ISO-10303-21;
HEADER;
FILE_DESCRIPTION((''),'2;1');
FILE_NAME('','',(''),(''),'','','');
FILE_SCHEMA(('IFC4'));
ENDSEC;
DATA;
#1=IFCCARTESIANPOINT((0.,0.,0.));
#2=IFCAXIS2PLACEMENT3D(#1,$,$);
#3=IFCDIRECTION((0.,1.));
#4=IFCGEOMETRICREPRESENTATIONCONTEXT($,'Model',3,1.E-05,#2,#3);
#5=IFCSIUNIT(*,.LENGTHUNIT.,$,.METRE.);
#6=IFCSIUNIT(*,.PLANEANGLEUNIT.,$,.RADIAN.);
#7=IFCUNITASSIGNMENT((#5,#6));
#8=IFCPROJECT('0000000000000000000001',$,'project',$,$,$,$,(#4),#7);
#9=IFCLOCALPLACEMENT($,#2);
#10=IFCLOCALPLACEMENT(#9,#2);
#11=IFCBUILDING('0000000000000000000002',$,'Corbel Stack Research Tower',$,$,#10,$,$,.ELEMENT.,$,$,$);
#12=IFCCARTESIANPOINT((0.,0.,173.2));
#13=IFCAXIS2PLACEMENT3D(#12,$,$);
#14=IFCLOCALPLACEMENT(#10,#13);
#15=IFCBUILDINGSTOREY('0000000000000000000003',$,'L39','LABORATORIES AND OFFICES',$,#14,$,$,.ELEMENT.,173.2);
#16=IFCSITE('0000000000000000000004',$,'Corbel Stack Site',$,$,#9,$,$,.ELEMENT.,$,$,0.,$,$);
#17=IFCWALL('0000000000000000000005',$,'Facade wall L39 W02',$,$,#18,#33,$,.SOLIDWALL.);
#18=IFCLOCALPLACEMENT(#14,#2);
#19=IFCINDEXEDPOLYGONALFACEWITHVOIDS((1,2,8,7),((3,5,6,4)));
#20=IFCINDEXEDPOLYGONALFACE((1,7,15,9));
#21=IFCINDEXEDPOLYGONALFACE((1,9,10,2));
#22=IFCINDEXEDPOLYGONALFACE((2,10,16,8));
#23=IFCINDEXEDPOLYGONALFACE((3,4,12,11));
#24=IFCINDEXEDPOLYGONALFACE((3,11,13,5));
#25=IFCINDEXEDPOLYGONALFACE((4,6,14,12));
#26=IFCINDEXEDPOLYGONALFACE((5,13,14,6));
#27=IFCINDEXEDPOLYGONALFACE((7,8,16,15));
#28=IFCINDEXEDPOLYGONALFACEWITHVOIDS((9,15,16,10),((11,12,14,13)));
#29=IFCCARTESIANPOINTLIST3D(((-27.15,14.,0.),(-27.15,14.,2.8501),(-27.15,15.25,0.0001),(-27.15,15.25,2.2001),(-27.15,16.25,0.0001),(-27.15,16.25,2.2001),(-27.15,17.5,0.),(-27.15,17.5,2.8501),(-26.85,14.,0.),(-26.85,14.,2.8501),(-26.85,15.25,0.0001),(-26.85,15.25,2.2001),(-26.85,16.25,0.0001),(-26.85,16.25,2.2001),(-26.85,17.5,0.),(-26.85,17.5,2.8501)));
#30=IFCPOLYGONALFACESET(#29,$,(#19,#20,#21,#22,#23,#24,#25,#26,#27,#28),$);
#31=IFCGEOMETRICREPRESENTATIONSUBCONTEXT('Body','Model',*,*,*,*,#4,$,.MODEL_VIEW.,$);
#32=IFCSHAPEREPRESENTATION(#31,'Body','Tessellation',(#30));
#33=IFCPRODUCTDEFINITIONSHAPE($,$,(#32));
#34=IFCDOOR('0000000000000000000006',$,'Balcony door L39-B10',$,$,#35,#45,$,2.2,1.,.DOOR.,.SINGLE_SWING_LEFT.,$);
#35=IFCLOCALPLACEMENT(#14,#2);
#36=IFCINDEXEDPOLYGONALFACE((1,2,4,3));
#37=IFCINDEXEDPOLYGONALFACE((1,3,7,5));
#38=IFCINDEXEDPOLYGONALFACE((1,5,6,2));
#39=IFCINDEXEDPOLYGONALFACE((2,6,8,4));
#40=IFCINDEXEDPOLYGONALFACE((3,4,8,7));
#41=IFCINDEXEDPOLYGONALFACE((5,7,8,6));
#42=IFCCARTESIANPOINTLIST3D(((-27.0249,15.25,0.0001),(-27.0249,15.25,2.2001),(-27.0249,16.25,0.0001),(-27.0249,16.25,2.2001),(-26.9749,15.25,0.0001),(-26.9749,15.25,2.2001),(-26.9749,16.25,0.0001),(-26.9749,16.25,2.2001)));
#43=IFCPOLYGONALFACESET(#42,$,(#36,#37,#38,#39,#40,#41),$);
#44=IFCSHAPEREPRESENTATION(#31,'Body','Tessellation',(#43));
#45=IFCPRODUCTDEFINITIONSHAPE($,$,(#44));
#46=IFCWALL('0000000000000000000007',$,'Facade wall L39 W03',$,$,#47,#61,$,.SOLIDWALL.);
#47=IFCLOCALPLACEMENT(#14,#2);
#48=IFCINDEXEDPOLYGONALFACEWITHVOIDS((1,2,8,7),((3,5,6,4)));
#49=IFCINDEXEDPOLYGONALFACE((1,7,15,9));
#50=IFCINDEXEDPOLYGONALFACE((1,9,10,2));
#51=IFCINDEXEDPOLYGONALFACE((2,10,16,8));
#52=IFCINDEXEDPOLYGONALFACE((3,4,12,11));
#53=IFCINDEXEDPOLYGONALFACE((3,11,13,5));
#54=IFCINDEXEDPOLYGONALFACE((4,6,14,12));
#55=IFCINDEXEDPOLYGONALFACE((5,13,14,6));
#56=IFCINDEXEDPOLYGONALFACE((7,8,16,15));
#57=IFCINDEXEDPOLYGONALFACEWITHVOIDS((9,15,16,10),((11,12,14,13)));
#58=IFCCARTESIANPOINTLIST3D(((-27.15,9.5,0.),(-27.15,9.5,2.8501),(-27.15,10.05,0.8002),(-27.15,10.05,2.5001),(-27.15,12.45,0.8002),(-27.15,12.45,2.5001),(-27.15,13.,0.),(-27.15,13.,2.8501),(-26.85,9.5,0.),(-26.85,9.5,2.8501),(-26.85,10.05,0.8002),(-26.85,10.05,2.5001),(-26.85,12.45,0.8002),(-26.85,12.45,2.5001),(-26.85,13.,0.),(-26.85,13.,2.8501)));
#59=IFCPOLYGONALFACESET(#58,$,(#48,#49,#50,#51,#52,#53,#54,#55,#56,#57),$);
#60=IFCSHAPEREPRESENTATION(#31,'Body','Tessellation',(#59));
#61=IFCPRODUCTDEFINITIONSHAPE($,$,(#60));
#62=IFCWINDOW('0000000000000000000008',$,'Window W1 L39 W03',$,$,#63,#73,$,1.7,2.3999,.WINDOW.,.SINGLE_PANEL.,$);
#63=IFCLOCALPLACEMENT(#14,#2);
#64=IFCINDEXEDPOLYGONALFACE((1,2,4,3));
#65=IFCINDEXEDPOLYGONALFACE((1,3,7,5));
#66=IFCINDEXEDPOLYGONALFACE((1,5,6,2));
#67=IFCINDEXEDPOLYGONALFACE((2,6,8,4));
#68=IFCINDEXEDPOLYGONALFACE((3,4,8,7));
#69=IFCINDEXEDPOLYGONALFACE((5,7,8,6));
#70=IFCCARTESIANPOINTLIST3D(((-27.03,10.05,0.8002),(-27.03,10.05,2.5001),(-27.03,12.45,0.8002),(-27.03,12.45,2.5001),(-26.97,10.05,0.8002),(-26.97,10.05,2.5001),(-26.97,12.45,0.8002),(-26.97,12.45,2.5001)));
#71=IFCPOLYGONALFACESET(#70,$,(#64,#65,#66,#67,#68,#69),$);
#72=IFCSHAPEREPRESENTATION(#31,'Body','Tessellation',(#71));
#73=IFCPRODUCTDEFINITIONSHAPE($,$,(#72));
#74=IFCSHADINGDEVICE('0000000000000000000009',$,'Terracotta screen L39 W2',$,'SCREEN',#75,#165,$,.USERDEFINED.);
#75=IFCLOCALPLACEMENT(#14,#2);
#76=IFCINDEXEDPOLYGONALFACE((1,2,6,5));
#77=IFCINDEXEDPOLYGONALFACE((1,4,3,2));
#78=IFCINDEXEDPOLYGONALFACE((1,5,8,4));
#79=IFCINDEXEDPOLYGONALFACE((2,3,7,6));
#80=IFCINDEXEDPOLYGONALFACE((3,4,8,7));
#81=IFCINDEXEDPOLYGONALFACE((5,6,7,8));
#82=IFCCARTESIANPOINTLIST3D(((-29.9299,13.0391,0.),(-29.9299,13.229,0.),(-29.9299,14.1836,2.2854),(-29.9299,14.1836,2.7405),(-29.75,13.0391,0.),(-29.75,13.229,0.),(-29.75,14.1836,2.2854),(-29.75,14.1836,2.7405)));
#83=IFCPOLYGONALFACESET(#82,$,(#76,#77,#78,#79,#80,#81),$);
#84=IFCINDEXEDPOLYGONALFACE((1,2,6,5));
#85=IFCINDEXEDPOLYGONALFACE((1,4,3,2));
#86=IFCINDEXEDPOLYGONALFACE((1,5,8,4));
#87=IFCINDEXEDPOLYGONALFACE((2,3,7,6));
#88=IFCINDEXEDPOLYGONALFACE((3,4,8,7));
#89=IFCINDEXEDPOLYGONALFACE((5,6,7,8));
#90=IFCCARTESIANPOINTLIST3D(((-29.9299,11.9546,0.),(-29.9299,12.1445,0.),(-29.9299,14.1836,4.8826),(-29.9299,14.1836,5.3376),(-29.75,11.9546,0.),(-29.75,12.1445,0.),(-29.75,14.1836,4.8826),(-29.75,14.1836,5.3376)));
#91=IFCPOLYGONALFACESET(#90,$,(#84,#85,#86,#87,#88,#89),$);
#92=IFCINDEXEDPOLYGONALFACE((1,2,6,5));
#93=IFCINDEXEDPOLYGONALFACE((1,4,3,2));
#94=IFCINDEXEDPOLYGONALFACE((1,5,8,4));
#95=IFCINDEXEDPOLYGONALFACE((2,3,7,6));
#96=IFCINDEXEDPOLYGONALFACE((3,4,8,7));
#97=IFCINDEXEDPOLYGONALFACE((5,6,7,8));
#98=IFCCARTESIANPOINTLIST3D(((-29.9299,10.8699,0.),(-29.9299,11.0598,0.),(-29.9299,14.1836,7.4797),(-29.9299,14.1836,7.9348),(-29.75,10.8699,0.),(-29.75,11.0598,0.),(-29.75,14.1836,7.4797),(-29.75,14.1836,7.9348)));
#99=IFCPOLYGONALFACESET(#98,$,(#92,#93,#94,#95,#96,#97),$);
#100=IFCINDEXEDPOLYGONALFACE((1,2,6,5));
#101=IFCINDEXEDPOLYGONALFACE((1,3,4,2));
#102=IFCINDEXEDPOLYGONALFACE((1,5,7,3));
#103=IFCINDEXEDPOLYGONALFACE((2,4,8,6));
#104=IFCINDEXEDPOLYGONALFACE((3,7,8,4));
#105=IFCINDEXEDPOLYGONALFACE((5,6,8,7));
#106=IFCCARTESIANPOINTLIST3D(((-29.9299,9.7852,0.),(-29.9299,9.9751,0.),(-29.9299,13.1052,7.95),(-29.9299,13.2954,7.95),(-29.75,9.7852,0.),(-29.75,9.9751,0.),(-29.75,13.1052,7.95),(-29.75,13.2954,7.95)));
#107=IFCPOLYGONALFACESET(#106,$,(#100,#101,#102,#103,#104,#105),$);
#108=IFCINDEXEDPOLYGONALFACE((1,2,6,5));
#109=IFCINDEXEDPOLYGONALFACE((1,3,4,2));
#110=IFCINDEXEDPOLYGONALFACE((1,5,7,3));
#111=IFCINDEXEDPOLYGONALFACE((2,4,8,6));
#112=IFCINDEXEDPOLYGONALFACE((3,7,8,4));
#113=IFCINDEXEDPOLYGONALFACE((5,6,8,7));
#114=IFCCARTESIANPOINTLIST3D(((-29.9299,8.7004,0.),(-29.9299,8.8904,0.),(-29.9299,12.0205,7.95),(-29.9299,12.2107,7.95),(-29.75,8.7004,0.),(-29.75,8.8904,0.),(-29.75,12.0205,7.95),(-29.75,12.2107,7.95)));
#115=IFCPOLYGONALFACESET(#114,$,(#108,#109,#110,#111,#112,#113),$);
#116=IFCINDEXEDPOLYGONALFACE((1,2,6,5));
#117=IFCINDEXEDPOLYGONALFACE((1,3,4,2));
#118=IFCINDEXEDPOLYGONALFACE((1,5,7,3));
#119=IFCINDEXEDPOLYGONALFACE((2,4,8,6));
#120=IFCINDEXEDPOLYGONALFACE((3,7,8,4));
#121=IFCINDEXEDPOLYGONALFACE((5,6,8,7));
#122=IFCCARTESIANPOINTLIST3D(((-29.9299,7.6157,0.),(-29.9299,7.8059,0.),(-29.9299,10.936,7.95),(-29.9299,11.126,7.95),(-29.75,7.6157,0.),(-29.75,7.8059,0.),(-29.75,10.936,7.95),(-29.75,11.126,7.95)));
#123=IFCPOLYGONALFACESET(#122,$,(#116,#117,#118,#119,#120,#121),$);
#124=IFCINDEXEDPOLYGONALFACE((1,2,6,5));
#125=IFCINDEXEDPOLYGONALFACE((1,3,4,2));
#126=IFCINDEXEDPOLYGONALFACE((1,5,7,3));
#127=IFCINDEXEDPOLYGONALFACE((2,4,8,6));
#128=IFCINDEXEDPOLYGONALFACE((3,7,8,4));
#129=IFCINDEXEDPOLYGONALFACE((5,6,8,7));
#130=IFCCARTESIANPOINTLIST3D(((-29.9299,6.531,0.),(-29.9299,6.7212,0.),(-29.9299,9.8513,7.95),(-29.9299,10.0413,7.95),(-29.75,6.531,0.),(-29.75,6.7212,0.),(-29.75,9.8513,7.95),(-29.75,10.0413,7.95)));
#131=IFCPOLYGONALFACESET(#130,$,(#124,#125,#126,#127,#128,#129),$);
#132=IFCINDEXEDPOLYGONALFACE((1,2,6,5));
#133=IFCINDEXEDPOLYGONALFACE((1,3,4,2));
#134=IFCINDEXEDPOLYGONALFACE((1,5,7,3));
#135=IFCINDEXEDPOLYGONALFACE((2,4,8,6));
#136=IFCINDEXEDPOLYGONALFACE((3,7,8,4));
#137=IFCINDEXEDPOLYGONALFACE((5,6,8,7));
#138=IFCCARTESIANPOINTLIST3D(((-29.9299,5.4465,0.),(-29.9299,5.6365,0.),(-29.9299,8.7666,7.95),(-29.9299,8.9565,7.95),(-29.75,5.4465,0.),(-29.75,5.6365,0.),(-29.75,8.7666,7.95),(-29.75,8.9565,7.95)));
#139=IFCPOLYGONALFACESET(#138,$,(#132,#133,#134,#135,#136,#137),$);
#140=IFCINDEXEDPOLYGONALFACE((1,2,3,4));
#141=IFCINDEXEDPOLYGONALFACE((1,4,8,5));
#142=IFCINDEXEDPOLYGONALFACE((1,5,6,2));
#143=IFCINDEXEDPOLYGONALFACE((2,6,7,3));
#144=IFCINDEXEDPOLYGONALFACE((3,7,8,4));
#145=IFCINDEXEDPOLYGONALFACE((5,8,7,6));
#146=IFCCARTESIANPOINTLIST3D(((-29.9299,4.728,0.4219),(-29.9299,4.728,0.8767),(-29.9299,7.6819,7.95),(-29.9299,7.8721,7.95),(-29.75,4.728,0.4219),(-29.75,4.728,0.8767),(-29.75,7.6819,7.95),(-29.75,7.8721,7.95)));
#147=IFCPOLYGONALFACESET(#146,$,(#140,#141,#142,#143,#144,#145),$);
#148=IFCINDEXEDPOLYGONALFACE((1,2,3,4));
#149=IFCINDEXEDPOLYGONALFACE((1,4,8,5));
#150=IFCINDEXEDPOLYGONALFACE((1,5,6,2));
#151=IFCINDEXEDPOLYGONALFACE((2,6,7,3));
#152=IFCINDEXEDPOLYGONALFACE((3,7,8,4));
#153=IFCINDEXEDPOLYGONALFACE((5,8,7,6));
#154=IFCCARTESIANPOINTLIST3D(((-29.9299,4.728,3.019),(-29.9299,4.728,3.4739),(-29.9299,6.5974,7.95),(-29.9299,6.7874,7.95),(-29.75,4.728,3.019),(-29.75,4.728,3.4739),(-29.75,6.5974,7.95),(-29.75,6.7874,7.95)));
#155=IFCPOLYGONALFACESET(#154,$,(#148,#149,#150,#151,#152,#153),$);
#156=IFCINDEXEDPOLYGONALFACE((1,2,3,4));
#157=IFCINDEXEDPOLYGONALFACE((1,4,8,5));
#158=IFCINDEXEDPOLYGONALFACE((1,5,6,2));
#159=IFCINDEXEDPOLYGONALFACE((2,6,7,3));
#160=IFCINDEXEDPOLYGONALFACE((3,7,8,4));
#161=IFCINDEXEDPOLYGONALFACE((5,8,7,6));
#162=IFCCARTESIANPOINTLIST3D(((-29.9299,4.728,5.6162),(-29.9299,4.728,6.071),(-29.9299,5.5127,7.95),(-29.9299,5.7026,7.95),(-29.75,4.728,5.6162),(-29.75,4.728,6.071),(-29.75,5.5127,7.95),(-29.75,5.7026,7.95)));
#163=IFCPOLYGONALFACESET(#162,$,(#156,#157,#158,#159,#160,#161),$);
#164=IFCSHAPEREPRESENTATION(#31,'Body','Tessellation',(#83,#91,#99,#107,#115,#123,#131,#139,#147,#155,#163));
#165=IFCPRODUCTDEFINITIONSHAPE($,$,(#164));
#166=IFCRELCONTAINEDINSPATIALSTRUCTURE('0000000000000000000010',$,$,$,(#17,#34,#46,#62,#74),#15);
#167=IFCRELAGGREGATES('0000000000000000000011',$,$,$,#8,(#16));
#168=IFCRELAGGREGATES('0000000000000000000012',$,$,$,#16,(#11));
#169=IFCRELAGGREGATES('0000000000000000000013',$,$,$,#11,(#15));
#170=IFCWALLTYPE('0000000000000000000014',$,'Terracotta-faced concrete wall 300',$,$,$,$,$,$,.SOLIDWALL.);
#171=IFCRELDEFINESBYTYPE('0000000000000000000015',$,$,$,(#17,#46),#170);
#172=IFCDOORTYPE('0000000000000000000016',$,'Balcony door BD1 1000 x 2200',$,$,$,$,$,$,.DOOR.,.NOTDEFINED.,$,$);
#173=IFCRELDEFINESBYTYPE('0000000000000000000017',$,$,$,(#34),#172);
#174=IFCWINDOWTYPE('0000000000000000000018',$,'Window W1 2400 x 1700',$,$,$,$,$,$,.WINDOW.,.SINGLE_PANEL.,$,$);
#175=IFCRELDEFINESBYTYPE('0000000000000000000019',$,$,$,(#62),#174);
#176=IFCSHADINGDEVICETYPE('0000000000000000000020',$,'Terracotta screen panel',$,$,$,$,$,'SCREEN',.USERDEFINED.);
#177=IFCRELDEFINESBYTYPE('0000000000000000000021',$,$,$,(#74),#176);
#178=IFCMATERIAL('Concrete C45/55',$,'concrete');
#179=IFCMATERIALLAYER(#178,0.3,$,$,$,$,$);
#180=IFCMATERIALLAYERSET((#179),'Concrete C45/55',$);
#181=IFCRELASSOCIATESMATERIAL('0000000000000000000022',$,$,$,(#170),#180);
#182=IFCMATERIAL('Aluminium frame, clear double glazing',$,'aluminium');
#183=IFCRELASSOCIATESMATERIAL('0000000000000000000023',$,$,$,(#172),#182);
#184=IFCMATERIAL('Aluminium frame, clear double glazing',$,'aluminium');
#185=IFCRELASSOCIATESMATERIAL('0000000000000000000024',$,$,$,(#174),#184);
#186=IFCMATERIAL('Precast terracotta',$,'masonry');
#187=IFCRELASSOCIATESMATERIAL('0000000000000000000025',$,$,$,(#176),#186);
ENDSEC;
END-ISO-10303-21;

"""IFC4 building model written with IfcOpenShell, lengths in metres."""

from ifc_helpers import new_model, si_unit, direction, frame, frame_2d, origin, place, context, subcontext, project, spatial, polyline, rectangle, outline, extrude, source, transform, mapped, material, layer, layer_set, type_object, element, fill, save


model = new_model("IFC4")

# Units and contexts
model_context = context("Model", 3, precision=1e-05, world=origin(), true_north=direction((0.0, 1.0)))
body_context = subcontext(model_context, "Body", "Model", "MODEL_VIEW")
ifc_project = project(units=[si_unit("LENGTHUNIT", "METRE"), si_unit("PLANEANGLEUNIT", "RADIAN")], contexts=[model_context])

# Site, building, storey
site_placement = place(None, origin())
site = spatial("IfcSite", under=ifc_project, at=site_placement, Name="Corbel Stack Site", CompositionType="ELEMENT", RefElevation=0.0)
building_placement = place(site_placement, origin())
building = spatial("IfcBuilding", under=site, at=building_placement, Name="Corbel Stack Research Tower", CompositionType="ELEMENT")
storey_placement = place(building_placement, frame((0.0, 0.0, 173.2)))
storey = spatial("IfcBuildingStorey", under=building, at=storey_placement, Name="L39", Description="LABORATORIES AND OFFICES", CompositionType="ELEMENT", Elevation=173.2)

# Wall, opening, door
ifc_material_1 = material(Name="Concrete C45/55", Category="concrete")
ifc_layer_1 = layer(ifc_material_1, 0.3)
ifc_layer_set_1 = layer_set([ifc_layer_1], Name="Concrete C45/55")
wall_type_1 = type_object("IfcWallType", Name="Terracotta-faced concrete wall 300", PredefinedType="SOLIDWALL", material=ifc_layer_set_1)
wall_1_placement = place(storey_placement, frame((-27.0, 14.0, 0.0), z_axis=(0.0, 0.0, 1.0), x_axis=(0.0, 1.0, 0.0)))
wall_1 = element("IfcWall", 1, at=wall_1_placement, inside=storey, type_object=wall_type_1, Name="Facade wall L39 W02", PredefinedType="SOLIDWALL", context=body_context, shape_type="SweptSolid", body=[
    extrude(rectangle(XDim=3.5, YDim=0.3, at=frame_2d((1.75, 0.0))), origin(), (0.0, 0.0, 1.0), 2.8501),
])
opening_1_placement = place(wall_1_placement, frame((1.25, 0.0, 0.0)))
opening_1 = element("IfcOpeningElement", 2, at=opening_1_placement, cuts=wall_1, PredefinedType="OPENING", context=body_context, shape_type="SweptSolid", body=[
    extrude(rectangle(XDim=1.0, YDim=2.2, at=frame_2d((0.5, 1.1001))), frame((0.0, 0.1599, 0.0), z_axis=(0.0, -1.0, 0.0), x_axis=(1.0, 0.0, 0.0)), (0.0, 0.0, 1.0), 0.3201),
])
ifc_material_2 = material(Name="Aluminium frame, clear double glazing", Category="aluminium")
door_type_1 = type_object("IfcDoorType", Name="Balcony door BD1 1000 x 2200", OperationType="NOTDEFINED", PredefinedType="DOOR", material=ifc_material_2)
door_1_placement = place(opening_1_placement, origin())
door_1 = element("IfcDoor", 3, at=door_1_placement, inside=storey, type_object=door_type_1, Name="Balcony door L39-B10", OperationType="SINGLE_SWING_LEFT", OverallHeight=2.2, OverallWidth=1.0, PredefinedType="DOOR", context=body_context, shape_type="SweptSolid", body=[
    extrude(rectangle(XDim=1.0, YDim=2.2, at=frame_2d((0.5, 1.1001))), frame((0.0, 0.0249, 0.0), z_axis=(0.0, -1.0, 0.0), x_axis=(1.0, 0.0, 0.0)), (0.0, 0.0, 1.0), 0.05),
])
fill(opening_1, door_1)

# Wall, opening, window
wall_2_placement = place(storey_placement, frame((-27.0, 9.5, 0.0), z_axis=(0.0, 0.0, 1.0), x_axis=(0.0, 1.0, 0.0)))
wall_2 = element("IfcWall", 4, at=wall_2_placement, inside=storey, type_object=wall_type_1, Name="Facade wall L39 W03", PredefinedType="SOLIDWALL", context=body_context, shape_type="SweptSolid", body=[
    extrude(rectangle(XDim=3.5, YDim=0.3, at=frame_2d((1.75, 0.0))), origin(), (0.0, 0.0, 1.0), 2.8501),
])
opening_2_placement = place(wall_2_placement, frame((0.55, 0.0, 0.8)))
opening_2 = element("IfcOpeningElement", 5, at=opening_2_placement, cuts=wall_2, PredefinedType="OPENING", context=body_context, shape_type="SweptSolid", body=[
    extrude(rectangle(XDim=2.3999, YDim=1.7, at=frame_2d((1.2, 0.8501))), frame((0.0, 0.1599, 0.0), z_axis=(0.0, -1.0, 0.0), x_axis=(1.0, 0.0, 0.0)), (0.0, 0.0, 1.0), 0.3201),
])
ifc_material_3 = material(Name="Aluminium frame, clear double glazing", Category="aluminium")
window_type = type_object("IfcWindowType", Name="Window W1 2400 x 1700", PartitioningType="SINGLE_PANEL", PredefinedType="WINDOW", material=ifc_material_3)
window_placement = place(opening_2_placement, origin())
window = element("IfcWindow", 6, at=window_placement, inside=storey, type_object=window_type, Name="Window W1 L39 W03", OverallHeight=1.7, OverallWidth=2.3999, PartitioningType="SINGLE_PANEL", PredefinedType="WINDOW", context=body_context, shape_type="SweptSolid", body=[
    extrude(rectangle(XDim=2.3999, YDim=1.7, at=frame_2d((1.2, 0.8501))), frame((0.0, 0.03, 0.0), z_axis=(0.0, -1.0, 0.0), x_axis=(1.0, 0.0, 0.0)), (0.0, 0.0, 1.0), 0.0601),
])
fill(opening_2, window)

# Shading device
ifc_material_4 = material(Name="Precast terracotta", Category="masonry")
shading_device_type = type_object("IfcShadingDeviceType", Name="Terracotta screen panel", ElementType="SCREEN", PredefinedType="USERDEFINED", material=ifc_material_4)
shared_shape = source(origin(), body_context, "Body", "SweptSolid", [
    extrude(outline(polyline([(1.1445, 0.0), (0.0, 2.7405), (0.0, 2.2854), (0.9546, 0.0), (1.1445, 0.0)])), frame((0.0, 0.0, 0.0), z_axis=(0.0, -1.0, 0.0), x_axis=(1.0, 0.0, 0.0)), (0.0, 0.0, 1.0), 0.1799),
    extrude(outline(polyline([(2.229, 0.0), (0.0, 5.3376), (0.0, 4.8826), (2.0391, 0.0), (2.229, 0.0)])), frame((0.0, 0.0, 0.0), z_axis=(0.0, -1.0, 0.0), x_axis=(1.0, 0.0, 0.0)), (0.0, 0.0, 1.0), 0.1799),
    extrude(outline(polyline([(3.3137, 0.0), (0.0, 7.9348), (0.0, 7.4797), (3.1238, 0.0), (3.3137, 0.0)])), frame((0.0, 0.0, 0.0), z_axis=(0.0, -1.0, 0.0), x_axis=(1.0, 0.0, 0.0)), (0.0, 0.0, 1.0), 0.1799),
    extrude(outline(polyline([(4.3984, 0.0), (1.0784, 7.95), (0.8882, 7.95), (4.2085, 0.0), (4.3984, 0.0)])), frame((0.0, 0.0, 0.0), z_axis=(0.0, -1.0, 0.0), x_axis=(1.0, 0.0, 0.0)), (0.0, 0.0, 1.0), 0.1799),
    extrude(outline(polyline([(5.4832, 0.0), (2.1631, 7.95), (1.9729, 7.95), (5.2932, 0.0), (5.4832, 0.0)])), frame((0.0, 0.0, 0.0), z_axis=(0.0, -1.0, 0.0), x_axis=(1.0, 0.0, 0.0)), (0.0, 0.0, 1.0), 0.1799),
    extrude(outline(polyline([(6.5679, 0.0), (3.2476, 7.95), (3.0576, 7.95), (6.3777, 0.0), (6.5679, 0.0)])), frame((0.0, 0.0, 0.0), z_axis=(0.0, -1.0, 0.0), x_axis=(1.0, 0.0, 0.0)), (0.0, 0.0, 1.0), 0.1799),
    extrude(outline(polyline([(7.6526, 0.0), (4.3323, 7.95), (4.1423, 7.95), (7.4624, 0.0), (7.6526, 0.0)])), frame((0.0, 0.0, 0.0), z_axis=(0.0, -1.0, 0.0), x_axis=(1.0, 0.0, 0.0)), (0.0, 0.0, 1.0), 0.1799),
    extrude(outline(polyline([(8.7371, 0.0), (5.417, 7.95), (5.2271, 7.95), (8.5471, 0.0), (8.7371, 0.0)])), frame((0.0, 0.0, 0.0), z_axis=(0.0, -1.0, 0.0), x_axis=(1.0, 0.0, 0.0)), (0.0, 0.0, 1.0), 0.1799),
    extrude(outline(polyline([(6.5017, 7.95), (6.3115, 7.95), (9.4556, 0.4219), (9.4556, 0.8767), (6.5017, 7.95)])), frame((0.0, 0.0, 0.0), z_axis=(0.0, -1.0, 0.0), x_axis=(1.0, 0.0, 0.0)), (0.0, 0.0, 1.0), 0.1799),
    extrude(outline(polyline([(7.5862, 7.95), (7.3962, 7.95), (9.4556, 3.019), (9.4556, 3.4739), (7.5862, 7.95)])), frame((0.0, 0.0, 0.0), z_axis=(0.0, -1.0, 0.0), x_axis=(1.0, 0.0, 0.0)), (0.0, 0.0, 1.0), 0.1799),
    extrude(outline(polyline([(8.6709, 7.95), (8.481, 7.95), (9.4556, 5.6162), (9.4556, 6.071), (8.6709, 7.95)])), frame((0.0, 0.0, 0.0), z_axis=(0.0, -1.0, 0.0), x_axis=(1.0, 0.0, 0.0)), (0.0, 0.0, 1.0), 0.1799),
])
shading_device_placement = place(storey_placement, frame((-29.75, 14.1836, 0.0), z_axis=(0.0, 0.0, 1.0), x_axis=(0.0, -1.0, 0.0)))
element("IfcShadingDevice", 7, at=shading_device_placement, inside=storey, type_object=shading_device_type, Name="Terracotta screen L39 W2", ObjectType="SCREEN", PredefinedType="USERDEFINED", context=body_context, shape_type="MappedRepresentation", body=[
    mapped(shared_shape, transform((0.0, 0.0, 0.0))),
])

save(model, "model.ifc")
